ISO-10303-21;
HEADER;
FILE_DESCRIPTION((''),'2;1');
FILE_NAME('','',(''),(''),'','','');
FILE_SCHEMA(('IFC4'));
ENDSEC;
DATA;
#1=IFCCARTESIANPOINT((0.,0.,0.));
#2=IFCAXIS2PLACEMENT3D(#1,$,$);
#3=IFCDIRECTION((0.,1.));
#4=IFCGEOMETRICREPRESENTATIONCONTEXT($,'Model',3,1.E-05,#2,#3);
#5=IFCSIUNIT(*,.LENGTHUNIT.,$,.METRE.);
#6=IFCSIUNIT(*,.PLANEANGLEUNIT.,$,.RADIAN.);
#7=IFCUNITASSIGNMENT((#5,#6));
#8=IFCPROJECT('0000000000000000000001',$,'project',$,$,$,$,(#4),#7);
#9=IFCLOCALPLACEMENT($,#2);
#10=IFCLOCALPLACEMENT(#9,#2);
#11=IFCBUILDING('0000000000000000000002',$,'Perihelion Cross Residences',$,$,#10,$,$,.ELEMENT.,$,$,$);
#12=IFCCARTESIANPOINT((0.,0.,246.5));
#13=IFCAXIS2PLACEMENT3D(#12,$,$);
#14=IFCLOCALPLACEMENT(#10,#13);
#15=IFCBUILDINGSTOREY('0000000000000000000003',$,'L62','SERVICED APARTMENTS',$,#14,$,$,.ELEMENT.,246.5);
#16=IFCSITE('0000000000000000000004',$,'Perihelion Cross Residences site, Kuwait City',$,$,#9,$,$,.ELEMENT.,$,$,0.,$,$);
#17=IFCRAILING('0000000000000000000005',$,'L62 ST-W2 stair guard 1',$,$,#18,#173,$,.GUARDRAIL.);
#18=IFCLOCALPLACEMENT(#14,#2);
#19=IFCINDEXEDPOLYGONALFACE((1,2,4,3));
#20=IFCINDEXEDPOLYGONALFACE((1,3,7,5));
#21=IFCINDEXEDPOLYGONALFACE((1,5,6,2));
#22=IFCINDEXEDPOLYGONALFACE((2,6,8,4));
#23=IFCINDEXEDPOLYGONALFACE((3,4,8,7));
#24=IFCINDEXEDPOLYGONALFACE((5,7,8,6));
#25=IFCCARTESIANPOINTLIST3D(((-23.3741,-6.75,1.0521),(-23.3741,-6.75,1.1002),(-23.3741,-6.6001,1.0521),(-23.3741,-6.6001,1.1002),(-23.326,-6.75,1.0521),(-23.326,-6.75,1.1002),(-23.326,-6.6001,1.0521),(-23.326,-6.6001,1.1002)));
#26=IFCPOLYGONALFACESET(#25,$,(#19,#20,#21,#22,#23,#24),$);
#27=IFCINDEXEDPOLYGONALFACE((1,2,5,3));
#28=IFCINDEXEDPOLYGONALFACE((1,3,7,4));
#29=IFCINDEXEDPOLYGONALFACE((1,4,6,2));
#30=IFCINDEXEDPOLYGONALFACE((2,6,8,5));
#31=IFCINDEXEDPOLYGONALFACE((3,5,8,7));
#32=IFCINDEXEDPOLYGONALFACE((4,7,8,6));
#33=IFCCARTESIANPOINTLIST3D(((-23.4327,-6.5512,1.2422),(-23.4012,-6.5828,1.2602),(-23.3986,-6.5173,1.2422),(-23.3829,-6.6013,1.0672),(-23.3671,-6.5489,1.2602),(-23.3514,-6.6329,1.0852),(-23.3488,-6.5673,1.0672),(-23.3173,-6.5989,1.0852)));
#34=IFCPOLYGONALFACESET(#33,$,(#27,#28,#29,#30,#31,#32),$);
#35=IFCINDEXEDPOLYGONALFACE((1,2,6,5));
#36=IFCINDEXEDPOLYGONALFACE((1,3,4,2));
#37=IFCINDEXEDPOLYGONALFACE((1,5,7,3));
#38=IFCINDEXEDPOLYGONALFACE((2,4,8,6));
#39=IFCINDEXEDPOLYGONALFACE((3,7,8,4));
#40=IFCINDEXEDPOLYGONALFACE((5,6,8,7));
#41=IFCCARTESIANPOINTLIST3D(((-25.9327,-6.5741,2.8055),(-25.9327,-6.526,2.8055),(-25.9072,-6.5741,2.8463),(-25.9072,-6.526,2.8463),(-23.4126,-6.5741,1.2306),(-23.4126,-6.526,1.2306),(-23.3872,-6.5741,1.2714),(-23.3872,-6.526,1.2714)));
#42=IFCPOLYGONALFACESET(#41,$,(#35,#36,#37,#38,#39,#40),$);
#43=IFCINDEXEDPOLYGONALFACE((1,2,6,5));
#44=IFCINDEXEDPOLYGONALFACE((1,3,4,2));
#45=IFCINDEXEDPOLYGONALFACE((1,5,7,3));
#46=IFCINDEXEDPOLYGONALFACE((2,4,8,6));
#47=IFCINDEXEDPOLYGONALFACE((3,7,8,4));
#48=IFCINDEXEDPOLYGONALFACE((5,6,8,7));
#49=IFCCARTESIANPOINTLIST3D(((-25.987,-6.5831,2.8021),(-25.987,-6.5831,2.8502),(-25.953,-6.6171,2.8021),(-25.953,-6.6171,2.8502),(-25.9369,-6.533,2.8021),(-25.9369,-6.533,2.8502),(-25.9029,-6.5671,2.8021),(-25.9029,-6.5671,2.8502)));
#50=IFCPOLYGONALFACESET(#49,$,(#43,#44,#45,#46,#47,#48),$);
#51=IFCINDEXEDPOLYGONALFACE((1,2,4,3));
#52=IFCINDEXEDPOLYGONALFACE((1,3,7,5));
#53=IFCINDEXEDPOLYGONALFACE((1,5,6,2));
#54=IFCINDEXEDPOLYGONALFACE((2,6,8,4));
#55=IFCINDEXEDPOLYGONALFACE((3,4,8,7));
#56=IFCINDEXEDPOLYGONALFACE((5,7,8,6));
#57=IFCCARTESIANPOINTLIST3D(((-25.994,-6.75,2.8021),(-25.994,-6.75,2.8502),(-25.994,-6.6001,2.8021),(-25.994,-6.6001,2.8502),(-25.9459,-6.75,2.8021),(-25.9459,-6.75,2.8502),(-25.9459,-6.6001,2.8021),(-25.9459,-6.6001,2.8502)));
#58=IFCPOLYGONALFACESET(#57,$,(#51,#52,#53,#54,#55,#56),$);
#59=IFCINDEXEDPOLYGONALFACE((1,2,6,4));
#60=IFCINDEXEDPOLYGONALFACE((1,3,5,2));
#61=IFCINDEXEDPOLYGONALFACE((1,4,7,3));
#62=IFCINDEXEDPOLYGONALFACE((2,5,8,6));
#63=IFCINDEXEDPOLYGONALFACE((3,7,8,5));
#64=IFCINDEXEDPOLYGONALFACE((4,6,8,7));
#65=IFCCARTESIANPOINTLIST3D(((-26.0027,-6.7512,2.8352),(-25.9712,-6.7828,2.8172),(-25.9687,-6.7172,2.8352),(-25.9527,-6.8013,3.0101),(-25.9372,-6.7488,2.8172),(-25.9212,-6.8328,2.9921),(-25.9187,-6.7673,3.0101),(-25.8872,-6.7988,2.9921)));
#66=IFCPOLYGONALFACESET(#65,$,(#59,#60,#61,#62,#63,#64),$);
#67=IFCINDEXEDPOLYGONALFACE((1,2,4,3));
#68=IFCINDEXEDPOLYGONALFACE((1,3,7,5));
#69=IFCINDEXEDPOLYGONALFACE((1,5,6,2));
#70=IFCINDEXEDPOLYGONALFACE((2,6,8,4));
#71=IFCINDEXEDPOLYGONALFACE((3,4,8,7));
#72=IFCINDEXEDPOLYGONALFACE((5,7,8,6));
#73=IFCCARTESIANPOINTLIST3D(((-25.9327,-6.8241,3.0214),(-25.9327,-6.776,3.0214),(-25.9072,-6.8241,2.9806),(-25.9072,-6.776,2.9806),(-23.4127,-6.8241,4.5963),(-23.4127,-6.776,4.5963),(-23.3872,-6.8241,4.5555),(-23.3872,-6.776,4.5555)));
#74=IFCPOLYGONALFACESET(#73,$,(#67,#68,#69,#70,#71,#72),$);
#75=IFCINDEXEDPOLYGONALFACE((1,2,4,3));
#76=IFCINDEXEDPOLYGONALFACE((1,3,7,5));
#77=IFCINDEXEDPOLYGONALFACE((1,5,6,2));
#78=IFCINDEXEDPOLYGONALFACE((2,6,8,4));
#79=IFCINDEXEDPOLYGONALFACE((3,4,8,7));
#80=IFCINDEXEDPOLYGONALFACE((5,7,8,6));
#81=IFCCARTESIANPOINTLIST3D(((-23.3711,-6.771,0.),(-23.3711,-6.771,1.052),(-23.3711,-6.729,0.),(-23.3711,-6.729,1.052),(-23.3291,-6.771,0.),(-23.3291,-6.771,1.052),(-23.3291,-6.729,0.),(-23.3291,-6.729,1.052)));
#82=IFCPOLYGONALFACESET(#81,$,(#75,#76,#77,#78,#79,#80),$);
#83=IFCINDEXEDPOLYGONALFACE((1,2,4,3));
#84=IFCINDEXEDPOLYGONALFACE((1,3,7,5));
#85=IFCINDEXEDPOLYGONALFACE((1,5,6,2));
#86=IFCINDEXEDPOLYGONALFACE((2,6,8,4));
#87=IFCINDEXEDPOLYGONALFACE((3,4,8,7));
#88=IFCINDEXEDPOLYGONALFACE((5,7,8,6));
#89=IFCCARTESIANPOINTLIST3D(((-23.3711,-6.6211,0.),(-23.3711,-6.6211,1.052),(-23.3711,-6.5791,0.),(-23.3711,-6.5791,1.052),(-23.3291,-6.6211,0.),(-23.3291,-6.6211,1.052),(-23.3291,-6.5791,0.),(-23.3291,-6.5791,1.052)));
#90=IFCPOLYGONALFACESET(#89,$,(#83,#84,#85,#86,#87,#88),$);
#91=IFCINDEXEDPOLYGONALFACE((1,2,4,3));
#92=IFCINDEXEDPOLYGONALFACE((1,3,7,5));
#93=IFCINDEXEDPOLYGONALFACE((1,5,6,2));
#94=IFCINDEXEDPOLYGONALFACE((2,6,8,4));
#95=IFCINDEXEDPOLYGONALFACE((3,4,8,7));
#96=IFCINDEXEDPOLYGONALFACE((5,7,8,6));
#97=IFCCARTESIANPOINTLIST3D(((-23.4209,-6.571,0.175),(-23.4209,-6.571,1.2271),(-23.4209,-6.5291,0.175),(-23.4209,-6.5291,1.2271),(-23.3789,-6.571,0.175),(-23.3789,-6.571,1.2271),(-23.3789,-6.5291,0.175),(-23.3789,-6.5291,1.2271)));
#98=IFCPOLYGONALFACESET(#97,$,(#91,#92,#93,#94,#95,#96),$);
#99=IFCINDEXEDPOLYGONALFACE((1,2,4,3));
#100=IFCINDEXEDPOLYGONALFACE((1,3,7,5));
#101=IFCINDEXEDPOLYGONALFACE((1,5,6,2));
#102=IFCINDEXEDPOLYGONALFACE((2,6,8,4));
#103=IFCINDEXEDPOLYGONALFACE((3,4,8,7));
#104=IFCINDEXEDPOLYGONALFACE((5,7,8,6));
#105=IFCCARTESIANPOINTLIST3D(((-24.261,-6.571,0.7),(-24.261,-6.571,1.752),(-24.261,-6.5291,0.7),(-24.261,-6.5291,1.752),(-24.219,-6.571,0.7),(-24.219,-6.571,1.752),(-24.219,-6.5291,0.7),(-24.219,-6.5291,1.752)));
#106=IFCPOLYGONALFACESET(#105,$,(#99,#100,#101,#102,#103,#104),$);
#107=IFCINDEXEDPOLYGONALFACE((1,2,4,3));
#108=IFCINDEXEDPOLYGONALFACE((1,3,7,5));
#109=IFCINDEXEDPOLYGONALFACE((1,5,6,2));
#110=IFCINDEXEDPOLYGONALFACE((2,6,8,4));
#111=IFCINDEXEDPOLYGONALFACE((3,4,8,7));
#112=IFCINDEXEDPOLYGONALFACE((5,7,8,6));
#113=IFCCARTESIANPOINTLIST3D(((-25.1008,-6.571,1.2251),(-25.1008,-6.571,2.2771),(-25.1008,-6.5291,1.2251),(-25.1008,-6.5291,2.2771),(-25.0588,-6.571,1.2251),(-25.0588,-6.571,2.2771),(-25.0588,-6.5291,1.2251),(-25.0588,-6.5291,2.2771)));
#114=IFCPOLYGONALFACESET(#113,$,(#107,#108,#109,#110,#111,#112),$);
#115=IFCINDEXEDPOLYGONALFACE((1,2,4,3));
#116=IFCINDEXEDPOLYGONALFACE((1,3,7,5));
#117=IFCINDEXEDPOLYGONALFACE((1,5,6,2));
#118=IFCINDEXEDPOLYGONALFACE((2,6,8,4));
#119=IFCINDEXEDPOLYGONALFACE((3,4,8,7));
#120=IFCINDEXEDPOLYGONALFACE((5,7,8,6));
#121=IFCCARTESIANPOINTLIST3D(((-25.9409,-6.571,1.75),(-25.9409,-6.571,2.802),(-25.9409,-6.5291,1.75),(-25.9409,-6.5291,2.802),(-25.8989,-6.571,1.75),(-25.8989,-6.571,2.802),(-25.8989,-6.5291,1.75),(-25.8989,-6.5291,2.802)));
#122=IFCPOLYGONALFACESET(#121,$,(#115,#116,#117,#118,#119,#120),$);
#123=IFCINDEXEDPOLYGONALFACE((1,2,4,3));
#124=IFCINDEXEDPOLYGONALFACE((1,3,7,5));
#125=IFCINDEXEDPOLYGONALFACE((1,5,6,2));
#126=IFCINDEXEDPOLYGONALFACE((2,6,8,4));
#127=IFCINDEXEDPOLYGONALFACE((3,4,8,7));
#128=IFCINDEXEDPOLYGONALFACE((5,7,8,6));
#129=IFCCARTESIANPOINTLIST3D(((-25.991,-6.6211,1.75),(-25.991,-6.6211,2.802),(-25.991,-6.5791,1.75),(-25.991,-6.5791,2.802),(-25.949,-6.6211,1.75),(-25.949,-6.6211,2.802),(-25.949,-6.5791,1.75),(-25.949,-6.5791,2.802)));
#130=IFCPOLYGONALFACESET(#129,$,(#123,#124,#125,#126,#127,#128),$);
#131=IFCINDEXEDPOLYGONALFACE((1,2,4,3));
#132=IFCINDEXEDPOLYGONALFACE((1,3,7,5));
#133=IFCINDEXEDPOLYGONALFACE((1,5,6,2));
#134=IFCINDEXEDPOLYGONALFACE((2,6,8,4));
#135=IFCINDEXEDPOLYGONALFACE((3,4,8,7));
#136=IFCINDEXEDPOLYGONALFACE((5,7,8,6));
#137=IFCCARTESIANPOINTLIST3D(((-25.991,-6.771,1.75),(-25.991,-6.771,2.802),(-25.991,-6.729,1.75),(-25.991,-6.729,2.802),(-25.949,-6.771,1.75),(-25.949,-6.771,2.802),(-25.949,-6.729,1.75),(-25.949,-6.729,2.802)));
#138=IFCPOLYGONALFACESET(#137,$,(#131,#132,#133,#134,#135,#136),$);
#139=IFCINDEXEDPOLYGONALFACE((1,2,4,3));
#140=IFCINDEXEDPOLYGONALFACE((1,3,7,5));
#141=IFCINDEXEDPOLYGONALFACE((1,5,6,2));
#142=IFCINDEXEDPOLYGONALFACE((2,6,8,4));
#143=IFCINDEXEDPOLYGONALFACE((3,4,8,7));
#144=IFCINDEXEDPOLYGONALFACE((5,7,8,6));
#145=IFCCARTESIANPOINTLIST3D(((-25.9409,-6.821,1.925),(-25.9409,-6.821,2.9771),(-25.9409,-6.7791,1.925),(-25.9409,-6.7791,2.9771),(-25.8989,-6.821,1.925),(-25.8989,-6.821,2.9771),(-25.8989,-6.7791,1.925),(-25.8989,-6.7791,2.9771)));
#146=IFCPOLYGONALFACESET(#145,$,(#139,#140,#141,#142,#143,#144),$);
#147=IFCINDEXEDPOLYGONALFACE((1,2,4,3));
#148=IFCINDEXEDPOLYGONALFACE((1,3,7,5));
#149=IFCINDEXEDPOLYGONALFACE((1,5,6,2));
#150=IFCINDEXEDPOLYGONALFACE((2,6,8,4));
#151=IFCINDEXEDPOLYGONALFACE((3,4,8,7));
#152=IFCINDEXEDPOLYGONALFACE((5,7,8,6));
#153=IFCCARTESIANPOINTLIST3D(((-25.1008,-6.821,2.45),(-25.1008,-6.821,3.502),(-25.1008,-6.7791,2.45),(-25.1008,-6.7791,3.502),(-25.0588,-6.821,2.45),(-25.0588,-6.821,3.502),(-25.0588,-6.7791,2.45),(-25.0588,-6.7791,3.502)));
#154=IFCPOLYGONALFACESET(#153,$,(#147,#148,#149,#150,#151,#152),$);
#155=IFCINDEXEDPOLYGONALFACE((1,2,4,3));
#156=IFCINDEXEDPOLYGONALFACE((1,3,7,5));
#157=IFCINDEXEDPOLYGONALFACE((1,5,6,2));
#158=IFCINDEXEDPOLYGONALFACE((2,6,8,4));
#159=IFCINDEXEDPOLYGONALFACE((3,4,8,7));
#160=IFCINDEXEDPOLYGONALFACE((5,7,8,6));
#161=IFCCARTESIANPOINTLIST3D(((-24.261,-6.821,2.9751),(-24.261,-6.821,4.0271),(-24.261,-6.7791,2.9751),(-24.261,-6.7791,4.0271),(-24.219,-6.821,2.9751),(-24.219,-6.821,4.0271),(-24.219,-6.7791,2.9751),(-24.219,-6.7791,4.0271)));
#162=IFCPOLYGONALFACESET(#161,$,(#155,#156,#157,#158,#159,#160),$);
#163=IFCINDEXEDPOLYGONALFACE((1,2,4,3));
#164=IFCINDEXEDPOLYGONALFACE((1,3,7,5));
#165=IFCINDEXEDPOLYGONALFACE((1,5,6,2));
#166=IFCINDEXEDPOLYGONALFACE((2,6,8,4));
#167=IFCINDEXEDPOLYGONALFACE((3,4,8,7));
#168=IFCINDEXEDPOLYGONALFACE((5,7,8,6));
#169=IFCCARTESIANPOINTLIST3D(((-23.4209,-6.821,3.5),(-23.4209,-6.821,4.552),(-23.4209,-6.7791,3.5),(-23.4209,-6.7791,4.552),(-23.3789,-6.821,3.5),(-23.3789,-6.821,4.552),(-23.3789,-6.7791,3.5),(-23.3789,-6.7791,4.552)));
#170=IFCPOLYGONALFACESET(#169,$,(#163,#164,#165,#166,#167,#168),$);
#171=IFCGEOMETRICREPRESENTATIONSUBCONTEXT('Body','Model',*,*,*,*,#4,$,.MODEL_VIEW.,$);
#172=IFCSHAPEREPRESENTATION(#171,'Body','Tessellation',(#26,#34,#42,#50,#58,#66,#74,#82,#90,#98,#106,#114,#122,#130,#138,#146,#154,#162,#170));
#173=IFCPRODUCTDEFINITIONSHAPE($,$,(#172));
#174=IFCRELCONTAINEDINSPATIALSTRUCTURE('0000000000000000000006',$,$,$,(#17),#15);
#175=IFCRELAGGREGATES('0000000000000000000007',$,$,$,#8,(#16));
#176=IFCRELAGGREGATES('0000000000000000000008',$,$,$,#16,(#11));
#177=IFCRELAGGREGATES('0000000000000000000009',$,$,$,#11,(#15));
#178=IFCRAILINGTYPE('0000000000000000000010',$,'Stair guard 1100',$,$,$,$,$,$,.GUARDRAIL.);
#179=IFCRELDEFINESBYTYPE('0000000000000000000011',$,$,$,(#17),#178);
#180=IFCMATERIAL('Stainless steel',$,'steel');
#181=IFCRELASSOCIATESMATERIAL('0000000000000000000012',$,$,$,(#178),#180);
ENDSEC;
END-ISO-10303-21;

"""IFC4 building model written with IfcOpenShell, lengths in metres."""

from ifc_helpers import new_model, si_unit, direction, frame, origin, origin_2d, place, context, subcontext, project, spatial, rectangle, extrude, material, type_object, element, save


model = new_model("IFC4")

# Units and contexts
model_context = context("Model", 3, precision=1e-05, world=origin(), true_north=direction((0.0, 1.0)))
body_context = subcontext(model_context, "Body", "Model", "MODEL_VIEW")
ifc_project = project(units=[si_unit("LENGTHUNIT", "METRE"), si_unit("PLANEANGLEUNIT", "RADIAN")], contexts=[model_context])

# Site, building, storey
site_placement = place(None, origin())
site = spatial("IfcSite", under=ifc_project, at=site_placement, Name="Perihelion Cross Residences site, Kuwait City", CompositionType="ELEMENT", RefElevation=0.0)
building_placement = place(site_placement, origin())
building = spatial("IfcBuilding", under=site, at=building_placement, Name="Perihelion Cross Residences", CompositionType="ELEMENT")
storey_placement = place(building_placement, frame((0.0, 0.0, 246.5)))
storey = spatial("IfcBuildingStorey", under=building, at=storey_placement, Name="L62", Description="SERVICED APARTMENTS", CompositionType="ELEMENT", Elevation=246.5)

# Railing
ifc_material_1 = material(Name="Stainless steel", Category="steel")
railing_type_1 = type_object("IfcRailingType", Name="Stair guard 1100", PredefinedType="GUARDRAIL", material=ifc_material_1)
railing_1_placement = place(storey_placement, frame((-23.3501, -6.75, 0.0)))
element("IfcRailing", 1, at=railing_1_placement, inside=storey, type_object=railing_type_1, Name="L62 ST-W2 stair guard 1", PredefinedType="GUARDRAIL", context=body_context, shape_type="SweptSolid", body=[
    extrude(rectangle(XDim=0.0481, YDim=0.0481, at=origin_2d()), frame((0.0, 0.0, 1.0762), z_axis=(0.0, 1.0, 0.0), x_axis=(-1.0, 0.0, 0.0)), (0.0, 0.0, 1.0), 0.1499),
    extrude(rectangle(XDim=0.0481, YDim=0.0481, at=origin_2d()), frame((0.0, 0.1499, 1.0762), z_axis=(-0.263862, 0.265156, 0.927399), x_axis=(-0.708834, -0.705376, 0.0)), (0.0, 0.0, 1.0), 0.1887),
    extrude(rectangle(XDim=0.0481, YDim=0.0481, at=origin_2d()), frame((-0.0498, 0.2, 1.251), z_axis=(-0.848008, 0.0, 0.529984), x_axis=(0.0, -1.0, 0.0)), (0.0, 0.0, 1.0), 2.9717),
    extrude(rectangle(XDim=0.0481, YDim=0.0481, at=origin_2d()), frame((-2.5698, 0.2, 2.8262), z_axis=(-0.707107, -0.707107, 0.0), x_axis=(0.707107, -0.707107, 0.0)), (0.0, 0.0, 1.0), 0.0708),
    extrude(rectangle(XDim=0.0481, YDim=0.0481, at=origin_2d()), frame((-2.6199, 0.1499, 2.8262), z_axis=(0.0, -1.0, 0.0), x_axis=(1.0, 0.0, 0.0)), (0.0, 0.0, 1.0), 0.1499),
    extrude(rectangle(XDim=0.0481, YDim=0.0481, at=origin_2d()), frame((-2.6199, 0.0, 2.8262), z_axis=(0.265065, -0.265065, 0.927082), x_axis=(0.707107, 0.707107, 0.0)), (0.0, 0.0, 1.0), 0.1887),
    extrude(rectangle(XDim=0.0481, YDim=0.0481, at=origin_2d()), frame((-2.5698, -0.05, 3.001), z_axis=(0.848008, 0.0, 0.529984), x_axis=(0.0, 1.0, 0.0)), (0.0, 0.0, 1.0), 2.9717),
    extrude(rectangle(XDim=0.042, YDim=0.042, at=origin_2d()), origin(), (0.0, 0.0, 1.0), 1.052),
    extrude(rectangle(XDim=0.042, YDim=0.042, at=origin_2d()), frame((0.0, 0.1499, 0.0)), (0.0, 0.0, 1.0), 1.052),
    extrude(rectangle(XDim=0.042, YDim=0.042, at=origin_2d()), frame((-0.0498, 0.2, 0.175)), (0.0, 0.0, 1.0), 1.052),
    extrude(rectangle(XDim=0.042, YDim=0.042, at=origin_2d()), frame((-0.8899, 0.2, 0.7)), (0.0, 0.0, 1.0), 1.052),
    extrude(rectangle(XDim=0.042, YDim=0.042, at=origin_2d()), frame((-1.7297, 0.2, 1.2251)), (0.0, 0.0, 1.0), 1.052),
    extrude(rectangle(XDim=0.042, YDim=0.042, at=origin_2d()), frame((-2.5698, 0.2, 1.75)), (0.0, 0.0, 1.0), 1.052),
    extrude(rectangle(XDim=0.042, YDim=0.042, at=origin_2d()), frame((-2.6199, 0.1499, 1.75)), (0.0, 0.0, 1.0), 1.052),
    extrude(rectangle(XDim=0.042, YDim=0.042, at=origin_2d()), frame((-2.6199, 0.0, 1.75)), (0.0, 0.0, 1.0), 1.052),
    extrude(rectangle(XDim=0.042, YDim=0.042, at=origin_2d()), frame((-2.5698, -0.05, 1.925)), (0.0, 0.0, 1.0), 1.052),
    extrude(rectangle(XDim=0.042, YDim=0.042, at=origin_2d()), frame((-1.7297, -0.05, 2.45)), (0.0, 0.0, 1.0), 1.052),
    extrude(rectangle(XDim=0.042, YDim=0.042, at=origin_2d()), frame((-0.8899, -0.05, 2.9751)), (0.0, 0.0, 1.0), 1.052),
    extrude(rectangle(XDim=0.042, YDim=0.042, at=origin_2d()), frame((-0.0498, -0.05, 3.5)), (0.0, 0.0, 1.0), 1.052),
])

save(model, "model.ifc")
